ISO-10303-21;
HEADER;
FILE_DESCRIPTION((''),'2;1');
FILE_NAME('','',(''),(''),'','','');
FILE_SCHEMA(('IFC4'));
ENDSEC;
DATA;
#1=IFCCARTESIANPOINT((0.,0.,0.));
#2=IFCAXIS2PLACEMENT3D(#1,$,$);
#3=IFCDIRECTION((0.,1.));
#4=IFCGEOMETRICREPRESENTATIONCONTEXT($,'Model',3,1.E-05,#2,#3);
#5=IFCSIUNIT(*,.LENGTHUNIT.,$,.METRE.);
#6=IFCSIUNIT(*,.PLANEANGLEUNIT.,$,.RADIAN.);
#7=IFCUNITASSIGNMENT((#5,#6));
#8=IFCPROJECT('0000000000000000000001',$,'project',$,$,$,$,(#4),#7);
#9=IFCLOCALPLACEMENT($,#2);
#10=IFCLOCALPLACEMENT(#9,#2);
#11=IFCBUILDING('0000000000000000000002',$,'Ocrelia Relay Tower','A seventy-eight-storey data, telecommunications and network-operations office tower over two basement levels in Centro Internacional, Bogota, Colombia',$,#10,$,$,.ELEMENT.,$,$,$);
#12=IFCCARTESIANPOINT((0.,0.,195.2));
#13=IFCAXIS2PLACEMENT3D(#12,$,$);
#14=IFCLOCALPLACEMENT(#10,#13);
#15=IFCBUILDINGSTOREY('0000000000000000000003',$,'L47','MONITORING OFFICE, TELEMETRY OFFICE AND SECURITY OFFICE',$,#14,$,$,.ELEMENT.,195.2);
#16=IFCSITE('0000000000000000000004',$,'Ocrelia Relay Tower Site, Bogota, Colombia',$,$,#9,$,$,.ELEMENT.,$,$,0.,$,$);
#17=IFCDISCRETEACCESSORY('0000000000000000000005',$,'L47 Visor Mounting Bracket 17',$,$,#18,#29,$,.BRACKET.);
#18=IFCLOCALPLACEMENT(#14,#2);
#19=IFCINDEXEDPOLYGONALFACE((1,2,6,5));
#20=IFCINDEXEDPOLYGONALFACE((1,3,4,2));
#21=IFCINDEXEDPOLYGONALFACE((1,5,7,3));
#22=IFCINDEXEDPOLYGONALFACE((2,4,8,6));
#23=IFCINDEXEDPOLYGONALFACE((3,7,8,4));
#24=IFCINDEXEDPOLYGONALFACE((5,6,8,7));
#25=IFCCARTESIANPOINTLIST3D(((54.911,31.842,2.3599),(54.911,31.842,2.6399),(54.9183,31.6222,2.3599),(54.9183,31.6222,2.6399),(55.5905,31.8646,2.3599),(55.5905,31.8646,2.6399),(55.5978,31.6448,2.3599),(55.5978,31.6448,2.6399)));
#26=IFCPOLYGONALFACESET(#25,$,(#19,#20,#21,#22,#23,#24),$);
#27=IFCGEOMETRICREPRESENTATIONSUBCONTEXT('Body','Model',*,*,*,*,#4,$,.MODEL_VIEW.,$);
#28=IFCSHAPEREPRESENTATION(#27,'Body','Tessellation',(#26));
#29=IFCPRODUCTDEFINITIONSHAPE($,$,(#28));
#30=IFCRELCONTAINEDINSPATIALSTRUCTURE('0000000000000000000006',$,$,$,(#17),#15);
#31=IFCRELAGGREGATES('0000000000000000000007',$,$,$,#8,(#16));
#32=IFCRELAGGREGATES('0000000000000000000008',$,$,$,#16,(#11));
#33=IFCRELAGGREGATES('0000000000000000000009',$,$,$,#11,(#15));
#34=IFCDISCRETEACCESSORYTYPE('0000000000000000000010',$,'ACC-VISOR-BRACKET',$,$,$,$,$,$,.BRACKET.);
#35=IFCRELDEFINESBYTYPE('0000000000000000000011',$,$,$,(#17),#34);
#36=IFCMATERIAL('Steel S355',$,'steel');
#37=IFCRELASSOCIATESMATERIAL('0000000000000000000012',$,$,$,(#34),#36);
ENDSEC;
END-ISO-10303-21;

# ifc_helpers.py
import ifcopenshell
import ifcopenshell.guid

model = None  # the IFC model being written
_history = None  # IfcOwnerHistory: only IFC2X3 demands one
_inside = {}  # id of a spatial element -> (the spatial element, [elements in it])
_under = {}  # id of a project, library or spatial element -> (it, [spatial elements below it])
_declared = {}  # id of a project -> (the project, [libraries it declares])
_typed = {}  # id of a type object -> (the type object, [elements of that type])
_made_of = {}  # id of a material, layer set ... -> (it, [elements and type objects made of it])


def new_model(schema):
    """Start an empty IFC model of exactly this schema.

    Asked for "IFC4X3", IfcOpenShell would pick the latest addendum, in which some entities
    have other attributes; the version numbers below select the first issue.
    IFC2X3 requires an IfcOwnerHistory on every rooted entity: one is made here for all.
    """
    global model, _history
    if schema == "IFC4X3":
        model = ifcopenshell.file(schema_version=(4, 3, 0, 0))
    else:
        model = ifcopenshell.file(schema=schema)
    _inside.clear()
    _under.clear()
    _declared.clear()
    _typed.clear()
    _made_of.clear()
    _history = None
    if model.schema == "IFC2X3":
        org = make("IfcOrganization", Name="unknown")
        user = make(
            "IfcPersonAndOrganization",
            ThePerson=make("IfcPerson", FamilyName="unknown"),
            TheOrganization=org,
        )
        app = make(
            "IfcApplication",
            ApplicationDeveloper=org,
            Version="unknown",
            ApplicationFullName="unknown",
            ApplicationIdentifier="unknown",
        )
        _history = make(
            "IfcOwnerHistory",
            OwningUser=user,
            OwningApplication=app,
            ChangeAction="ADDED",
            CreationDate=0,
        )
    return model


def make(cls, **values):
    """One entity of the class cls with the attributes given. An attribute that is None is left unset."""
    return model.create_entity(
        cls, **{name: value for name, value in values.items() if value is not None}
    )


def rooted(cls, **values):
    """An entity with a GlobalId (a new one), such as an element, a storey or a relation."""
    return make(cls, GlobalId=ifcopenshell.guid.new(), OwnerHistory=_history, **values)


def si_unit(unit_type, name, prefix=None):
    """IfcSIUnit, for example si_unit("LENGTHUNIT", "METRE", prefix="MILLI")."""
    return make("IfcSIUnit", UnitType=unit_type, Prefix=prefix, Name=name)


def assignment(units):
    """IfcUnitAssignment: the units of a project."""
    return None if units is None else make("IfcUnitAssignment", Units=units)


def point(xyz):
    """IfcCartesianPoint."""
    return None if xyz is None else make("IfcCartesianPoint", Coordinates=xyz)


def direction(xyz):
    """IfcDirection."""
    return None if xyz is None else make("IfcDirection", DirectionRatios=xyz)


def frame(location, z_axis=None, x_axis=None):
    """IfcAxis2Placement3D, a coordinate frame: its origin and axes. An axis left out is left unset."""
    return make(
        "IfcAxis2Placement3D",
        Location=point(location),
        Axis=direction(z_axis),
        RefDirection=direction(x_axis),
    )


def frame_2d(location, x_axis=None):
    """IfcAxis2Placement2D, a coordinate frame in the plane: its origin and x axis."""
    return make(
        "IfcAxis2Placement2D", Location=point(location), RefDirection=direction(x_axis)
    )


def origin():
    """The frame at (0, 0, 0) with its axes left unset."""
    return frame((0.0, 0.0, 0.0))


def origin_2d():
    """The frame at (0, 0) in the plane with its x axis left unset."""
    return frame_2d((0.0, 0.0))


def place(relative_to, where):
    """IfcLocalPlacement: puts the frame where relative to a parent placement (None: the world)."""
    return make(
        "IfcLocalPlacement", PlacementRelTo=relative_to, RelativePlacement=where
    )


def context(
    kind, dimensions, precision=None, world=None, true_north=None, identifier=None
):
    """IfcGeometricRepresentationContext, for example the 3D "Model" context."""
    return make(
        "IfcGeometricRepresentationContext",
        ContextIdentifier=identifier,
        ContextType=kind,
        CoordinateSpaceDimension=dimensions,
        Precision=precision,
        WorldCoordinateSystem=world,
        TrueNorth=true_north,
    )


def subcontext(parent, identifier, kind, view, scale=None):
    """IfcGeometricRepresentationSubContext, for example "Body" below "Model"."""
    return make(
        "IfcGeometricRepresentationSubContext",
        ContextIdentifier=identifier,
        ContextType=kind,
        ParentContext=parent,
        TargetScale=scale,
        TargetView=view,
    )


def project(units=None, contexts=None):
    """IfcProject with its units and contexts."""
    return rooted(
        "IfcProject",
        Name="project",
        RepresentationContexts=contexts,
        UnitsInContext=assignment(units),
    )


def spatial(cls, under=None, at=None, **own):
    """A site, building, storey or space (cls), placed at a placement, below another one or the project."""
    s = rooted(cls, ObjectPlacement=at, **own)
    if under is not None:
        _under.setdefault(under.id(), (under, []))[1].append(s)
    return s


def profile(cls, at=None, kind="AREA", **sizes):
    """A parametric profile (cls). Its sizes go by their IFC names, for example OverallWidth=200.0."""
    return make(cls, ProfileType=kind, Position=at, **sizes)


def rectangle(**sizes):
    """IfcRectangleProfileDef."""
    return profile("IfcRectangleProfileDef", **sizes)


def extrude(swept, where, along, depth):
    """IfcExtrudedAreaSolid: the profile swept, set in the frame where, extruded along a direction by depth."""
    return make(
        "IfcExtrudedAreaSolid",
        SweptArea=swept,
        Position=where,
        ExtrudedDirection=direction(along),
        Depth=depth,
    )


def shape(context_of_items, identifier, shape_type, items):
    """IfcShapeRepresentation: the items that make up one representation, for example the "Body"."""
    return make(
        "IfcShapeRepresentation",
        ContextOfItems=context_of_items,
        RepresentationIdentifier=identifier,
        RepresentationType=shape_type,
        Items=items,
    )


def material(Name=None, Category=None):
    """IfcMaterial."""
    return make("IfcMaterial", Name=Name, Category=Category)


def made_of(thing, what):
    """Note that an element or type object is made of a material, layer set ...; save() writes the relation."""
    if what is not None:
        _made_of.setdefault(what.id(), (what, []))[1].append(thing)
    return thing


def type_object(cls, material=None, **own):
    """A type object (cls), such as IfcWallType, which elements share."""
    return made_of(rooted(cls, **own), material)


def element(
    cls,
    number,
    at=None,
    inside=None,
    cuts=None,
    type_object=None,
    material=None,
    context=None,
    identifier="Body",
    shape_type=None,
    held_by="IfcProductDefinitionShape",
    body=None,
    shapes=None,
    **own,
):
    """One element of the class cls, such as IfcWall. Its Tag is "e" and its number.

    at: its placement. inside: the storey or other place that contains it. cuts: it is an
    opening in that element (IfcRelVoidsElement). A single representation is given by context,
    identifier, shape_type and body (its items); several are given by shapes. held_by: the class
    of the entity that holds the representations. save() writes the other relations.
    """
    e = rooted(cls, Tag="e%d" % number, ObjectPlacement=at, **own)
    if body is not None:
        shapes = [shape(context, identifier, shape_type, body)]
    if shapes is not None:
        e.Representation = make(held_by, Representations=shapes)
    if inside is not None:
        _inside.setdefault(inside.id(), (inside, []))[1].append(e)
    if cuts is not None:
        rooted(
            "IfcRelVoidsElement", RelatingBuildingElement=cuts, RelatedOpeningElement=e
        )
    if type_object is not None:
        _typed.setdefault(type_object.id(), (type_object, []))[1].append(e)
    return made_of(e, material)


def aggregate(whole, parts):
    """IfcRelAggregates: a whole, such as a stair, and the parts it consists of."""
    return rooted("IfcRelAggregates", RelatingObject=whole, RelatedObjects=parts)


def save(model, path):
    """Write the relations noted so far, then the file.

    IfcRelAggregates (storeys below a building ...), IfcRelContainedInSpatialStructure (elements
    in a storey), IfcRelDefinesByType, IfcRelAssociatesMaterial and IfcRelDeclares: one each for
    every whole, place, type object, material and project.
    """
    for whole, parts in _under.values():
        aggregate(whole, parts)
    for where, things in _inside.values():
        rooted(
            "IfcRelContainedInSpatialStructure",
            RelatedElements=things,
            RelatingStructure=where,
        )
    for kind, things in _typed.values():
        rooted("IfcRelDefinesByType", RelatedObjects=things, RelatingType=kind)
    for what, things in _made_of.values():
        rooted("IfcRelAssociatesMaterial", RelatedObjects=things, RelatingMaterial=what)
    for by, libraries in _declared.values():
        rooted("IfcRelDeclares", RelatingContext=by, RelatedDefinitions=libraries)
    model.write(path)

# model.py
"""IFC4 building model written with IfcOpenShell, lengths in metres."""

from ifc_helpers import new_model, si_unit, direction, frame, origin, origin_2d, place, context, subcontext, project, spatial, rectangle, extrude, material, type_object, element, save


model = new_model("IFC4")

# Units and contexts
model_context = context("Model", 3, precision=1e-05, world=origin(), true_north=direction((0.0, 1.0)))
body_context = subcontext(model_context, "Body", "Model", "MODEL_VIEW")
ifc_project = project(units=[si_unit("LENGTHUNIT", "METRE"), si_unit("PLANEANGLEUNIT", "RADIAN")], contexts=[model_context])

# Site, building, storey
site_placement = place(None, origin())
site = spatial("IfcSite", under=ifc_project, at=site_placement, Name="Ocrelia Relay Tower Site, Bogota, Colombia", CompositionType="ELEMENT", RefElevation=0.0)
building_placement = place(site_placement, origin())
building = spatial("IfcBuilding", under=site, at=building_placement, Name="Ocrelia Relay Tower", Description="A seventy-eight-storey data, telecommunications and network-operations office tower over two basement levels in Centro Internacional, Bogota, Colombia", CompositionType="ELEMENT")
storey_placement = place(building_placement, frame((0.0, 0.0, 195.2)))
storey = spatial("IfcBuildingStorey", under=building, at=storey_placement, Name="L47", Description="MONITORING OFFICE, TELEMETRY OFFICE AND SECURITY OFFICE", CompositionType="ELEMENT", Elevation=195.2)

# Shared definitions
ifc_material_1 = material(Name="Steel S355", Category="steel")

# Discrete accessory
discrete_accessory_type = type_object("IfcDiscreteAccessoryType", Name="ACC-VISOR-BRACKET", PredefinedType="BRACKET", material=ifc_material_1)
discrete_accessory_placement = place(storey_placement, frame((55.2544, 31.7434, 2.3599), z_axis=(0.0, 0.0, 1.0), x_axis=(-0.033269, 0.999446, 0.0)))
element("IfcDiscreteAccessory", 1, at=discrete_accessory_placement, inside=storey, type_object=discrete_accessory_type, Name="L47 Visor Mounting Bracket 17", PredefinedType="BRACKET", context=body_context, shape_type="SweptSolid", body=[
    extrude(rectangle(XDim=0.22, YDim=0.6799, at=origin_2d()), origin(), (0.0, 0.0, 1.0), 0.28),
])

save(model, "model.ifc")
